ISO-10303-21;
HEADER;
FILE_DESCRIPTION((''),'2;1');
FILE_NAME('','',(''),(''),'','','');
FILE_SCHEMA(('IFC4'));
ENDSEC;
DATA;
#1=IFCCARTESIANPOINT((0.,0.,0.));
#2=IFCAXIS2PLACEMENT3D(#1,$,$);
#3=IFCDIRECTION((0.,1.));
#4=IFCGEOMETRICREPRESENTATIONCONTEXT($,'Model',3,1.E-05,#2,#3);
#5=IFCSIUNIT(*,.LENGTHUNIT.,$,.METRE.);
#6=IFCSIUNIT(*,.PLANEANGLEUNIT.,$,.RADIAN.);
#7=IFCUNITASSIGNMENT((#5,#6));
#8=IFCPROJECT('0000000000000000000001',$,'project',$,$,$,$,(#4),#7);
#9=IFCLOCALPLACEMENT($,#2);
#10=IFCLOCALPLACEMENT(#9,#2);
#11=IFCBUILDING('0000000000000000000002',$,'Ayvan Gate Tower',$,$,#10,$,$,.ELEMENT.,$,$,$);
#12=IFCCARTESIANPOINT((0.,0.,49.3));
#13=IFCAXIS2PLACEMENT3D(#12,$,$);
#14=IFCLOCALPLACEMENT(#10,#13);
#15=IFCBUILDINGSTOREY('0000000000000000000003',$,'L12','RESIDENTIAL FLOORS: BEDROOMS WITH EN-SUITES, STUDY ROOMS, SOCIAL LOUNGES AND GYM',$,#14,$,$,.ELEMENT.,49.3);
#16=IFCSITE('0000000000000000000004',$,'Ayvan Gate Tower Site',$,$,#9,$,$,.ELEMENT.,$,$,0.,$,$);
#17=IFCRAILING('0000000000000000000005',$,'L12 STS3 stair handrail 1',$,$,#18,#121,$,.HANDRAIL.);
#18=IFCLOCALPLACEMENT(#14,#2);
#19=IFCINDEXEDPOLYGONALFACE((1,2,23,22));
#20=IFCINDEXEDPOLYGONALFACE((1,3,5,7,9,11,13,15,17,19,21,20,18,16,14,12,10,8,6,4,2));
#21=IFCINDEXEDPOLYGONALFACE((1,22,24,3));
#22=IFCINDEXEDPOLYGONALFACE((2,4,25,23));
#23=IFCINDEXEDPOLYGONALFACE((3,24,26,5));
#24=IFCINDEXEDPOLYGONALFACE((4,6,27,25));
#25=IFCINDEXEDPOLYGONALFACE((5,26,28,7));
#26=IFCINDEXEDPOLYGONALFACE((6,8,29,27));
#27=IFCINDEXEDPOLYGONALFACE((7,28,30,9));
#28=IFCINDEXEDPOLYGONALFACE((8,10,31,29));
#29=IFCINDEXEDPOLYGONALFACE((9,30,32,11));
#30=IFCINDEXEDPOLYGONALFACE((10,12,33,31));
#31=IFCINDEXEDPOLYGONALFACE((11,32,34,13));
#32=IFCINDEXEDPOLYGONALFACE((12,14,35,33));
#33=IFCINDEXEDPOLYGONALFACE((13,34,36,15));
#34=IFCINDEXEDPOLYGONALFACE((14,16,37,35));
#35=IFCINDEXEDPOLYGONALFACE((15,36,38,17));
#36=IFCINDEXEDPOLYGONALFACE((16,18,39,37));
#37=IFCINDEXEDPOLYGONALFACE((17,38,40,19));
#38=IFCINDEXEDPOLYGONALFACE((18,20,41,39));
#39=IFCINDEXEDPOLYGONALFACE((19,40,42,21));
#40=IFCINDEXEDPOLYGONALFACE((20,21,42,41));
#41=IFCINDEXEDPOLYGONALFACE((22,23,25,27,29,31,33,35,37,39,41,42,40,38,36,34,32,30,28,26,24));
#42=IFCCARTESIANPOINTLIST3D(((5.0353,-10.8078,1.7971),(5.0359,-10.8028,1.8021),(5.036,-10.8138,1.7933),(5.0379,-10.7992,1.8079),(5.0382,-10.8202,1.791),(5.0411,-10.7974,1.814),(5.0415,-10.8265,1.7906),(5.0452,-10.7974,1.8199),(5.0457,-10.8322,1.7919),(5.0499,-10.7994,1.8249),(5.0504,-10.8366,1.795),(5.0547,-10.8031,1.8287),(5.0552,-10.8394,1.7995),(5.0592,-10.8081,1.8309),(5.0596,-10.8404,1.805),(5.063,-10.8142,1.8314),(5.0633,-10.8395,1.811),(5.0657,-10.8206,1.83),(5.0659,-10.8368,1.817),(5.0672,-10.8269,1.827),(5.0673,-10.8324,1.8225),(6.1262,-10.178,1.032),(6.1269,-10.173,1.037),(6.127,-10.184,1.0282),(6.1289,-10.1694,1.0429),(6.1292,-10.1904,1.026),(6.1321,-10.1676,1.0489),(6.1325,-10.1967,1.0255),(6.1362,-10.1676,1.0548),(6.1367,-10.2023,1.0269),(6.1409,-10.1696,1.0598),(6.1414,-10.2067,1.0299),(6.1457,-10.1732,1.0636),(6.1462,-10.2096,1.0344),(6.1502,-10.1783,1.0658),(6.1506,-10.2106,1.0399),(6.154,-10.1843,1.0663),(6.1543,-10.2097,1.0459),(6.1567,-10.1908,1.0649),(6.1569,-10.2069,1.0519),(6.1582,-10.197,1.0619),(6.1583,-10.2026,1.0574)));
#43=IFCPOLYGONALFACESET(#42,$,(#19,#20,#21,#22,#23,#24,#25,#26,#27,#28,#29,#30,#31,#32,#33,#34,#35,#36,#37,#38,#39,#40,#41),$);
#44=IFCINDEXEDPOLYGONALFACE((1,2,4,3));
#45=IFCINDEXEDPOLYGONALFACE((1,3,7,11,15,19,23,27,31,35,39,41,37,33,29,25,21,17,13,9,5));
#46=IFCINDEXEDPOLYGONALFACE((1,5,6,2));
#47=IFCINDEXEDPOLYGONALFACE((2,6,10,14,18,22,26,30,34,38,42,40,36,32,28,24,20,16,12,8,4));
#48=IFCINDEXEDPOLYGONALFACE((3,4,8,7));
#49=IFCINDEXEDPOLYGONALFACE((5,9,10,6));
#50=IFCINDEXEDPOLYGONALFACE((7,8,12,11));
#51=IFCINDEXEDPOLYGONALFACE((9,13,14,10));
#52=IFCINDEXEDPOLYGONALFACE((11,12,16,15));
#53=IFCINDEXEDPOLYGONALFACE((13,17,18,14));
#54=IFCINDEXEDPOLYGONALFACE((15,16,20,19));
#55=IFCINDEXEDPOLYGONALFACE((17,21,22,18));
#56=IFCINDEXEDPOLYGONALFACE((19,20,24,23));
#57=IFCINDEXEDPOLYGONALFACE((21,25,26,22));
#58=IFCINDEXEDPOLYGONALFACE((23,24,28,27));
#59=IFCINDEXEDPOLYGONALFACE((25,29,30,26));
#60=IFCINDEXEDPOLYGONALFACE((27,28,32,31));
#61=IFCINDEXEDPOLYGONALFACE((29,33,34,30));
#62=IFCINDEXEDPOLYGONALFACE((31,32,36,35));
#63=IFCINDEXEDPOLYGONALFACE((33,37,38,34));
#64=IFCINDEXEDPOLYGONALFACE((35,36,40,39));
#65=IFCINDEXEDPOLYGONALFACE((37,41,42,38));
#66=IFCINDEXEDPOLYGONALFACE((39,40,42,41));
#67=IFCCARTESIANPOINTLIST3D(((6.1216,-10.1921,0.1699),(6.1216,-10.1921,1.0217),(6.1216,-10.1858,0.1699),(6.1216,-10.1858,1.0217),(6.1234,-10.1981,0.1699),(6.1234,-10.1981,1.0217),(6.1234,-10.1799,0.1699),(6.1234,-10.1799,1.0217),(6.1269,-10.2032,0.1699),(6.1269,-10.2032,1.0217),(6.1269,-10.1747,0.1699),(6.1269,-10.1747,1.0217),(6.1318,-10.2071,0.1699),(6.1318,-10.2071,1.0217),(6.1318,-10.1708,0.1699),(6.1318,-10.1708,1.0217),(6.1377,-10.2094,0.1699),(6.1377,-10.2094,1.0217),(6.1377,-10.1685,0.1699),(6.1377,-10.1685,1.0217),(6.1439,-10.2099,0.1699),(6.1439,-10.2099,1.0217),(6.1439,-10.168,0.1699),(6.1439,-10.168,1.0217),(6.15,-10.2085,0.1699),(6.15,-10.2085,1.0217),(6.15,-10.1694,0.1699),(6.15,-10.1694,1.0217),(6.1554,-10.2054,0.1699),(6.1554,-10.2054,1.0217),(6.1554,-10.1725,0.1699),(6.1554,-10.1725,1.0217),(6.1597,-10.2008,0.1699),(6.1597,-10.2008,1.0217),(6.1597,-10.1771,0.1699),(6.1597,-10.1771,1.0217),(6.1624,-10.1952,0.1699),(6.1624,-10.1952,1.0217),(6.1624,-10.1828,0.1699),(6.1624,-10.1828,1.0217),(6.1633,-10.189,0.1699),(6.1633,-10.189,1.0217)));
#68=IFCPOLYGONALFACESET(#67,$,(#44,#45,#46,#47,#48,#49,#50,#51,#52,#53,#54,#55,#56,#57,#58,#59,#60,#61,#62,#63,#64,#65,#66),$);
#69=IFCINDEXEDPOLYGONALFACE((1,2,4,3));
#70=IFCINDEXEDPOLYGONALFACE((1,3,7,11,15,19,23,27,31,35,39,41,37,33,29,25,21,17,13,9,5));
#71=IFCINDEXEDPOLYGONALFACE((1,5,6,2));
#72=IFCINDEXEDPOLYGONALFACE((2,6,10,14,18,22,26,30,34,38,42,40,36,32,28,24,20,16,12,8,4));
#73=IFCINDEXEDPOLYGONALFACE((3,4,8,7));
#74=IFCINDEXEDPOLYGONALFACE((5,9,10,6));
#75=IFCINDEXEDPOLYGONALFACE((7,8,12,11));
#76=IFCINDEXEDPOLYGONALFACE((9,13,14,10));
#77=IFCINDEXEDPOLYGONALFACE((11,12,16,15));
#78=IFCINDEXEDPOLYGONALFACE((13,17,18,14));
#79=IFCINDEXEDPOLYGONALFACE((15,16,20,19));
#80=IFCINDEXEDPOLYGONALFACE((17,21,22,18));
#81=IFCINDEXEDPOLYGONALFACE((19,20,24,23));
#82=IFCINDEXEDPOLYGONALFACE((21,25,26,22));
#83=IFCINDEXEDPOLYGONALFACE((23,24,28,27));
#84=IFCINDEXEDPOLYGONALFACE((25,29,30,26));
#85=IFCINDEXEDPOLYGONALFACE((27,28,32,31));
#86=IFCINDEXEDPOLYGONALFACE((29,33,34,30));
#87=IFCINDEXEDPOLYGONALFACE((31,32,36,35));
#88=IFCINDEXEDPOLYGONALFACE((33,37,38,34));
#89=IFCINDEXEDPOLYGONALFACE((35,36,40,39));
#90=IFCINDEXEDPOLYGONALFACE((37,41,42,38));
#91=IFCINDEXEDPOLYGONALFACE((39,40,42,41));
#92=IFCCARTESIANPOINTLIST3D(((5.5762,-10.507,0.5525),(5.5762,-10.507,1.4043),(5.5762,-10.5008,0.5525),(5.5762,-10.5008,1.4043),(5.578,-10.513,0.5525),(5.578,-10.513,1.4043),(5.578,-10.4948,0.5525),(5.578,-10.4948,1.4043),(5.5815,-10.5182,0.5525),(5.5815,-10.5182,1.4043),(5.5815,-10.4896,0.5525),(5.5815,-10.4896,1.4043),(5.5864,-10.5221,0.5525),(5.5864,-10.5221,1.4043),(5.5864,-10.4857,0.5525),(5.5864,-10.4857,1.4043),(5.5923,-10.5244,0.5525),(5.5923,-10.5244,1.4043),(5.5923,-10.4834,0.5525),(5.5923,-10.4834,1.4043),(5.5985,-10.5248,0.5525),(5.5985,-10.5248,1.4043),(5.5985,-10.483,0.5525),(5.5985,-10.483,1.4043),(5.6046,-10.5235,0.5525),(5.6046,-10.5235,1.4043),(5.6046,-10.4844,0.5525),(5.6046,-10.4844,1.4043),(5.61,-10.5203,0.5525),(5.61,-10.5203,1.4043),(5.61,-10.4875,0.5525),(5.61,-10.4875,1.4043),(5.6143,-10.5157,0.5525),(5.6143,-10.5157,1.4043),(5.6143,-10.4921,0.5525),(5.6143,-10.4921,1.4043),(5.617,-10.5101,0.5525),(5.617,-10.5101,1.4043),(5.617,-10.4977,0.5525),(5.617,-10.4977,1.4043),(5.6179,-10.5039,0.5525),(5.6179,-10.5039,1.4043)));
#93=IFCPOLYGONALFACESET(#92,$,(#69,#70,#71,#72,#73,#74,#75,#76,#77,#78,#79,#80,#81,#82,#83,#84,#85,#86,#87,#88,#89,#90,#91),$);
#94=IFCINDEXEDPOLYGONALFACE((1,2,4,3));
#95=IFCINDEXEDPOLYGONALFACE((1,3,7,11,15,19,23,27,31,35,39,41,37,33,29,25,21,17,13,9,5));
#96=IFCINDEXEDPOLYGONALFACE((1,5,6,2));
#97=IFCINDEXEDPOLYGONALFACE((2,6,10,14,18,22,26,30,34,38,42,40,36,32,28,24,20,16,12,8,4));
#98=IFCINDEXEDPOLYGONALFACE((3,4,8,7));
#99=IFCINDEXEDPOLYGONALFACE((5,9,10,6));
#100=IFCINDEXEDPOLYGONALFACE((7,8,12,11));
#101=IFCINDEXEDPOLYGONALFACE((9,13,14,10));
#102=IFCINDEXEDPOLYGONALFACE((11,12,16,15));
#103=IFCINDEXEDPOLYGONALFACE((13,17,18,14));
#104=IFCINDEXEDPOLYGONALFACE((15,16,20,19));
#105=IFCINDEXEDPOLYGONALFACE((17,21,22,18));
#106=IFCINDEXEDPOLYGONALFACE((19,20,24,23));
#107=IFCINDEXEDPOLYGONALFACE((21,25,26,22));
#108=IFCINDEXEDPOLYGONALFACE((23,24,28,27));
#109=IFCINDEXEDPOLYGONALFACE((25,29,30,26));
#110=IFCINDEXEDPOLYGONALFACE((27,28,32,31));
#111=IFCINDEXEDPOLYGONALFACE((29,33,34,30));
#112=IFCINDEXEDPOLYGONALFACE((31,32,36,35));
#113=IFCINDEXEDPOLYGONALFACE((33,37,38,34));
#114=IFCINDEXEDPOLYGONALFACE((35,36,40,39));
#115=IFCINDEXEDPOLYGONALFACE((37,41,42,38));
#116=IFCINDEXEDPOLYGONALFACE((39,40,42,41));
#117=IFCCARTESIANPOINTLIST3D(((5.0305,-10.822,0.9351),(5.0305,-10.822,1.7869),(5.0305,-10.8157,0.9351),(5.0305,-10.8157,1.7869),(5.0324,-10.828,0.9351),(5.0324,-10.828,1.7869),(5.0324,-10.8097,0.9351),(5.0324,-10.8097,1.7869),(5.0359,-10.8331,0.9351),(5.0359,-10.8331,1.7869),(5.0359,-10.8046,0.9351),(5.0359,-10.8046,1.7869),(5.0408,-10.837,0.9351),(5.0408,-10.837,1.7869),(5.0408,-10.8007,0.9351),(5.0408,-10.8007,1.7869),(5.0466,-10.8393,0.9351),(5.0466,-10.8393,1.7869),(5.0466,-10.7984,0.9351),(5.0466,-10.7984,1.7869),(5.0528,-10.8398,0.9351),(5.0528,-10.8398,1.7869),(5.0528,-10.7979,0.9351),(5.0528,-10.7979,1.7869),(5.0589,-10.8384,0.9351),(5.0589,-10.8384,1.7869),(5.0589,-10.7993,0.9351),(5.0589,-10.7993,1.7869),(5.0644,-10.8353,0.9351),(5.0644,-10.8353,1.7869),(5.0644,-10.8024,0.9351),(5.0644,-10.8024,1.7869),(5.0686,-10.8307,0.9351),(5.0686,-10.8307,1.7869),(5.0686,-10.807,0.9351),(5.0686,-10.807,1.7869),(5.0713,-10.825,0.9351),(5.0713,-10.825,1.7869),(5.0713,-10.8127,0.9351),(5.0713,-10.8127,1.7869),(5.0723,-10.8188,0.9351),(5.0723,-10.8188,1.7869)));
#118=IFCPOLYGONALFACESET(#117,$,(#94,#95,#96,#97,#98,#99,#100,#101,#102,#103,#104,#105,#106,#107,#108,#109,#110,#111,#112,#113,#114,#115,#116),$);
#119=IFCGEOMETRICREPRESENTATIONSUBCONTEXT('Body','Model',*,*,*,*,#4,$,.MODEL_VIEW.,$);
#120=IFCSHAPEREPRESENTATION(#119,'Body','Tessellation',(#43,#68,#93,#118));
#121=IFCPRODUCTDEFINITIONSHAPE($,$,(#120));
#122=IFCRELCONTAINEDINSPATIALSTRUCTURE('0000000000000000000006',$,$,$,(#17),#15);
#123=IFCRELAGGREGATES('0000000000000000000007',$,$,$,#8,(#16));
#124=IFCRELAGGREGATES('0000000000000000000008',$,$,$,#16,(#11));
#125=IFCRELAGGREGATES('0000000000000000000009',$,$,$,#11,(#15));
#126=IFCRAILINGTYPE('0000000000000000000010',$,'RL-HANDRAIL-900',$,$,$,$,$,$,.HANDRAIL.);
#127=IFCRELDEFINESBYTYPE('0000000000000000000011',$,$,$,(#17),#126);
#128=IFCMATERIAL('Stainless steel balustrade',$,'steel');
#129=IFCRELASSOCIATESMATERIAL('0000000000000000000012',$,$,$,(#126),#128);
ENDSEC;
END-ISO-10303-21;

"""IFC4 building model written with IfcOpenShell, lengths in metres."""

from ifc_helpers import new_model, si_unit, direction, frame, origin, origin_2d, place, context, subcontext, project, spatial, circle, extrude, material, type_object, element, save


model = new_model("IFC4")

# Units and contexts
model_context = context("Model", 3, precision=1e-05, world=origin(), true_north=direction((0.0, 1.0)))
body_context = subcontext(model_context, "Body", "Model", "MODEL_VIEW")
ifc_project = project(units=[si_unit("LENGTHUNIT", "METRE"), si_unit("PLANEANGLEUNIT", "RADIAN")], contexts=[model_context])

# Site, building, storey
site_placement = place(None, origin())
site = spatial("IfcSite", under=ifc_project, at=site_placement, Name="Ayvan Gate Tower Site", CompositionType="ELEMENT", RefElevation=0.0)
building_placement = place(site_placement, origin())
building = spatial("IfcBuilding", under=site, at=building_placement, Name="Ayvan Gate Tower", CompositionType="ELEMENT")
storey_placement = place(building_placement, frame((0.0, 0.0, 49.3)))
storey = spatial("IfcBuildingStorey", under=building, at=storey_placement, Name="L12", Description="RESIDENTIAL FLOORS: BEDROOMS WITH EN-SUITES, STUDY ROOMS, SOCIAL LOUNGES AND GYM", CompositionType="ELEMENT", Elevation=49.3)

# Railing
ifc_material_1 = material(Name="Stainless steel balustrade", Category="steel")
railing_type_1 = type_object("IfcRailingType", Name="RL-HANDRAIL-900", PredefinedType="HANDRAIL", material=ifc_material_1)
railing_1_placement = place(storey_placement, frame((6.1423, -10.189, 0.1699)))
element("IfcRailing", 1, at=railing_1_placement, inside=storey, type_object=railing_type_1, Name="L12 STS3 stair handrail 1", PredefinedType="HANDRAIL", context=body_context, shape_type="SweptSolid", body=[
    extrude(circle(Radius=0.0239, at=origin_2d()), frame((0.0, 0.0, 0.876), z_axis=(-0.740218, -0.427336, 0.519097), x_axis=(0.499974, -0.86604, 0.0)), (0.0, 0.0, 1.0), 1.4739),
    extrude(circle(Radius=0.021, at=origin_2d()), origin(), (0.0, 0.0, 1.0), 0.8518),
    extrude(circle(Radius=0.021, at=origin_2d()), frame((-0.5454, -0.3149, 0.3826)), (0.0, 0.0, 1.0), 0.8518),
    extrude(circle(Radius=0.021, at=origin_2d()), frame((-1.0911, -0.6299, 0.7651)), (0.0, 0.0, 1.0), 0.8518),
])

save(model, "model.ifc")
